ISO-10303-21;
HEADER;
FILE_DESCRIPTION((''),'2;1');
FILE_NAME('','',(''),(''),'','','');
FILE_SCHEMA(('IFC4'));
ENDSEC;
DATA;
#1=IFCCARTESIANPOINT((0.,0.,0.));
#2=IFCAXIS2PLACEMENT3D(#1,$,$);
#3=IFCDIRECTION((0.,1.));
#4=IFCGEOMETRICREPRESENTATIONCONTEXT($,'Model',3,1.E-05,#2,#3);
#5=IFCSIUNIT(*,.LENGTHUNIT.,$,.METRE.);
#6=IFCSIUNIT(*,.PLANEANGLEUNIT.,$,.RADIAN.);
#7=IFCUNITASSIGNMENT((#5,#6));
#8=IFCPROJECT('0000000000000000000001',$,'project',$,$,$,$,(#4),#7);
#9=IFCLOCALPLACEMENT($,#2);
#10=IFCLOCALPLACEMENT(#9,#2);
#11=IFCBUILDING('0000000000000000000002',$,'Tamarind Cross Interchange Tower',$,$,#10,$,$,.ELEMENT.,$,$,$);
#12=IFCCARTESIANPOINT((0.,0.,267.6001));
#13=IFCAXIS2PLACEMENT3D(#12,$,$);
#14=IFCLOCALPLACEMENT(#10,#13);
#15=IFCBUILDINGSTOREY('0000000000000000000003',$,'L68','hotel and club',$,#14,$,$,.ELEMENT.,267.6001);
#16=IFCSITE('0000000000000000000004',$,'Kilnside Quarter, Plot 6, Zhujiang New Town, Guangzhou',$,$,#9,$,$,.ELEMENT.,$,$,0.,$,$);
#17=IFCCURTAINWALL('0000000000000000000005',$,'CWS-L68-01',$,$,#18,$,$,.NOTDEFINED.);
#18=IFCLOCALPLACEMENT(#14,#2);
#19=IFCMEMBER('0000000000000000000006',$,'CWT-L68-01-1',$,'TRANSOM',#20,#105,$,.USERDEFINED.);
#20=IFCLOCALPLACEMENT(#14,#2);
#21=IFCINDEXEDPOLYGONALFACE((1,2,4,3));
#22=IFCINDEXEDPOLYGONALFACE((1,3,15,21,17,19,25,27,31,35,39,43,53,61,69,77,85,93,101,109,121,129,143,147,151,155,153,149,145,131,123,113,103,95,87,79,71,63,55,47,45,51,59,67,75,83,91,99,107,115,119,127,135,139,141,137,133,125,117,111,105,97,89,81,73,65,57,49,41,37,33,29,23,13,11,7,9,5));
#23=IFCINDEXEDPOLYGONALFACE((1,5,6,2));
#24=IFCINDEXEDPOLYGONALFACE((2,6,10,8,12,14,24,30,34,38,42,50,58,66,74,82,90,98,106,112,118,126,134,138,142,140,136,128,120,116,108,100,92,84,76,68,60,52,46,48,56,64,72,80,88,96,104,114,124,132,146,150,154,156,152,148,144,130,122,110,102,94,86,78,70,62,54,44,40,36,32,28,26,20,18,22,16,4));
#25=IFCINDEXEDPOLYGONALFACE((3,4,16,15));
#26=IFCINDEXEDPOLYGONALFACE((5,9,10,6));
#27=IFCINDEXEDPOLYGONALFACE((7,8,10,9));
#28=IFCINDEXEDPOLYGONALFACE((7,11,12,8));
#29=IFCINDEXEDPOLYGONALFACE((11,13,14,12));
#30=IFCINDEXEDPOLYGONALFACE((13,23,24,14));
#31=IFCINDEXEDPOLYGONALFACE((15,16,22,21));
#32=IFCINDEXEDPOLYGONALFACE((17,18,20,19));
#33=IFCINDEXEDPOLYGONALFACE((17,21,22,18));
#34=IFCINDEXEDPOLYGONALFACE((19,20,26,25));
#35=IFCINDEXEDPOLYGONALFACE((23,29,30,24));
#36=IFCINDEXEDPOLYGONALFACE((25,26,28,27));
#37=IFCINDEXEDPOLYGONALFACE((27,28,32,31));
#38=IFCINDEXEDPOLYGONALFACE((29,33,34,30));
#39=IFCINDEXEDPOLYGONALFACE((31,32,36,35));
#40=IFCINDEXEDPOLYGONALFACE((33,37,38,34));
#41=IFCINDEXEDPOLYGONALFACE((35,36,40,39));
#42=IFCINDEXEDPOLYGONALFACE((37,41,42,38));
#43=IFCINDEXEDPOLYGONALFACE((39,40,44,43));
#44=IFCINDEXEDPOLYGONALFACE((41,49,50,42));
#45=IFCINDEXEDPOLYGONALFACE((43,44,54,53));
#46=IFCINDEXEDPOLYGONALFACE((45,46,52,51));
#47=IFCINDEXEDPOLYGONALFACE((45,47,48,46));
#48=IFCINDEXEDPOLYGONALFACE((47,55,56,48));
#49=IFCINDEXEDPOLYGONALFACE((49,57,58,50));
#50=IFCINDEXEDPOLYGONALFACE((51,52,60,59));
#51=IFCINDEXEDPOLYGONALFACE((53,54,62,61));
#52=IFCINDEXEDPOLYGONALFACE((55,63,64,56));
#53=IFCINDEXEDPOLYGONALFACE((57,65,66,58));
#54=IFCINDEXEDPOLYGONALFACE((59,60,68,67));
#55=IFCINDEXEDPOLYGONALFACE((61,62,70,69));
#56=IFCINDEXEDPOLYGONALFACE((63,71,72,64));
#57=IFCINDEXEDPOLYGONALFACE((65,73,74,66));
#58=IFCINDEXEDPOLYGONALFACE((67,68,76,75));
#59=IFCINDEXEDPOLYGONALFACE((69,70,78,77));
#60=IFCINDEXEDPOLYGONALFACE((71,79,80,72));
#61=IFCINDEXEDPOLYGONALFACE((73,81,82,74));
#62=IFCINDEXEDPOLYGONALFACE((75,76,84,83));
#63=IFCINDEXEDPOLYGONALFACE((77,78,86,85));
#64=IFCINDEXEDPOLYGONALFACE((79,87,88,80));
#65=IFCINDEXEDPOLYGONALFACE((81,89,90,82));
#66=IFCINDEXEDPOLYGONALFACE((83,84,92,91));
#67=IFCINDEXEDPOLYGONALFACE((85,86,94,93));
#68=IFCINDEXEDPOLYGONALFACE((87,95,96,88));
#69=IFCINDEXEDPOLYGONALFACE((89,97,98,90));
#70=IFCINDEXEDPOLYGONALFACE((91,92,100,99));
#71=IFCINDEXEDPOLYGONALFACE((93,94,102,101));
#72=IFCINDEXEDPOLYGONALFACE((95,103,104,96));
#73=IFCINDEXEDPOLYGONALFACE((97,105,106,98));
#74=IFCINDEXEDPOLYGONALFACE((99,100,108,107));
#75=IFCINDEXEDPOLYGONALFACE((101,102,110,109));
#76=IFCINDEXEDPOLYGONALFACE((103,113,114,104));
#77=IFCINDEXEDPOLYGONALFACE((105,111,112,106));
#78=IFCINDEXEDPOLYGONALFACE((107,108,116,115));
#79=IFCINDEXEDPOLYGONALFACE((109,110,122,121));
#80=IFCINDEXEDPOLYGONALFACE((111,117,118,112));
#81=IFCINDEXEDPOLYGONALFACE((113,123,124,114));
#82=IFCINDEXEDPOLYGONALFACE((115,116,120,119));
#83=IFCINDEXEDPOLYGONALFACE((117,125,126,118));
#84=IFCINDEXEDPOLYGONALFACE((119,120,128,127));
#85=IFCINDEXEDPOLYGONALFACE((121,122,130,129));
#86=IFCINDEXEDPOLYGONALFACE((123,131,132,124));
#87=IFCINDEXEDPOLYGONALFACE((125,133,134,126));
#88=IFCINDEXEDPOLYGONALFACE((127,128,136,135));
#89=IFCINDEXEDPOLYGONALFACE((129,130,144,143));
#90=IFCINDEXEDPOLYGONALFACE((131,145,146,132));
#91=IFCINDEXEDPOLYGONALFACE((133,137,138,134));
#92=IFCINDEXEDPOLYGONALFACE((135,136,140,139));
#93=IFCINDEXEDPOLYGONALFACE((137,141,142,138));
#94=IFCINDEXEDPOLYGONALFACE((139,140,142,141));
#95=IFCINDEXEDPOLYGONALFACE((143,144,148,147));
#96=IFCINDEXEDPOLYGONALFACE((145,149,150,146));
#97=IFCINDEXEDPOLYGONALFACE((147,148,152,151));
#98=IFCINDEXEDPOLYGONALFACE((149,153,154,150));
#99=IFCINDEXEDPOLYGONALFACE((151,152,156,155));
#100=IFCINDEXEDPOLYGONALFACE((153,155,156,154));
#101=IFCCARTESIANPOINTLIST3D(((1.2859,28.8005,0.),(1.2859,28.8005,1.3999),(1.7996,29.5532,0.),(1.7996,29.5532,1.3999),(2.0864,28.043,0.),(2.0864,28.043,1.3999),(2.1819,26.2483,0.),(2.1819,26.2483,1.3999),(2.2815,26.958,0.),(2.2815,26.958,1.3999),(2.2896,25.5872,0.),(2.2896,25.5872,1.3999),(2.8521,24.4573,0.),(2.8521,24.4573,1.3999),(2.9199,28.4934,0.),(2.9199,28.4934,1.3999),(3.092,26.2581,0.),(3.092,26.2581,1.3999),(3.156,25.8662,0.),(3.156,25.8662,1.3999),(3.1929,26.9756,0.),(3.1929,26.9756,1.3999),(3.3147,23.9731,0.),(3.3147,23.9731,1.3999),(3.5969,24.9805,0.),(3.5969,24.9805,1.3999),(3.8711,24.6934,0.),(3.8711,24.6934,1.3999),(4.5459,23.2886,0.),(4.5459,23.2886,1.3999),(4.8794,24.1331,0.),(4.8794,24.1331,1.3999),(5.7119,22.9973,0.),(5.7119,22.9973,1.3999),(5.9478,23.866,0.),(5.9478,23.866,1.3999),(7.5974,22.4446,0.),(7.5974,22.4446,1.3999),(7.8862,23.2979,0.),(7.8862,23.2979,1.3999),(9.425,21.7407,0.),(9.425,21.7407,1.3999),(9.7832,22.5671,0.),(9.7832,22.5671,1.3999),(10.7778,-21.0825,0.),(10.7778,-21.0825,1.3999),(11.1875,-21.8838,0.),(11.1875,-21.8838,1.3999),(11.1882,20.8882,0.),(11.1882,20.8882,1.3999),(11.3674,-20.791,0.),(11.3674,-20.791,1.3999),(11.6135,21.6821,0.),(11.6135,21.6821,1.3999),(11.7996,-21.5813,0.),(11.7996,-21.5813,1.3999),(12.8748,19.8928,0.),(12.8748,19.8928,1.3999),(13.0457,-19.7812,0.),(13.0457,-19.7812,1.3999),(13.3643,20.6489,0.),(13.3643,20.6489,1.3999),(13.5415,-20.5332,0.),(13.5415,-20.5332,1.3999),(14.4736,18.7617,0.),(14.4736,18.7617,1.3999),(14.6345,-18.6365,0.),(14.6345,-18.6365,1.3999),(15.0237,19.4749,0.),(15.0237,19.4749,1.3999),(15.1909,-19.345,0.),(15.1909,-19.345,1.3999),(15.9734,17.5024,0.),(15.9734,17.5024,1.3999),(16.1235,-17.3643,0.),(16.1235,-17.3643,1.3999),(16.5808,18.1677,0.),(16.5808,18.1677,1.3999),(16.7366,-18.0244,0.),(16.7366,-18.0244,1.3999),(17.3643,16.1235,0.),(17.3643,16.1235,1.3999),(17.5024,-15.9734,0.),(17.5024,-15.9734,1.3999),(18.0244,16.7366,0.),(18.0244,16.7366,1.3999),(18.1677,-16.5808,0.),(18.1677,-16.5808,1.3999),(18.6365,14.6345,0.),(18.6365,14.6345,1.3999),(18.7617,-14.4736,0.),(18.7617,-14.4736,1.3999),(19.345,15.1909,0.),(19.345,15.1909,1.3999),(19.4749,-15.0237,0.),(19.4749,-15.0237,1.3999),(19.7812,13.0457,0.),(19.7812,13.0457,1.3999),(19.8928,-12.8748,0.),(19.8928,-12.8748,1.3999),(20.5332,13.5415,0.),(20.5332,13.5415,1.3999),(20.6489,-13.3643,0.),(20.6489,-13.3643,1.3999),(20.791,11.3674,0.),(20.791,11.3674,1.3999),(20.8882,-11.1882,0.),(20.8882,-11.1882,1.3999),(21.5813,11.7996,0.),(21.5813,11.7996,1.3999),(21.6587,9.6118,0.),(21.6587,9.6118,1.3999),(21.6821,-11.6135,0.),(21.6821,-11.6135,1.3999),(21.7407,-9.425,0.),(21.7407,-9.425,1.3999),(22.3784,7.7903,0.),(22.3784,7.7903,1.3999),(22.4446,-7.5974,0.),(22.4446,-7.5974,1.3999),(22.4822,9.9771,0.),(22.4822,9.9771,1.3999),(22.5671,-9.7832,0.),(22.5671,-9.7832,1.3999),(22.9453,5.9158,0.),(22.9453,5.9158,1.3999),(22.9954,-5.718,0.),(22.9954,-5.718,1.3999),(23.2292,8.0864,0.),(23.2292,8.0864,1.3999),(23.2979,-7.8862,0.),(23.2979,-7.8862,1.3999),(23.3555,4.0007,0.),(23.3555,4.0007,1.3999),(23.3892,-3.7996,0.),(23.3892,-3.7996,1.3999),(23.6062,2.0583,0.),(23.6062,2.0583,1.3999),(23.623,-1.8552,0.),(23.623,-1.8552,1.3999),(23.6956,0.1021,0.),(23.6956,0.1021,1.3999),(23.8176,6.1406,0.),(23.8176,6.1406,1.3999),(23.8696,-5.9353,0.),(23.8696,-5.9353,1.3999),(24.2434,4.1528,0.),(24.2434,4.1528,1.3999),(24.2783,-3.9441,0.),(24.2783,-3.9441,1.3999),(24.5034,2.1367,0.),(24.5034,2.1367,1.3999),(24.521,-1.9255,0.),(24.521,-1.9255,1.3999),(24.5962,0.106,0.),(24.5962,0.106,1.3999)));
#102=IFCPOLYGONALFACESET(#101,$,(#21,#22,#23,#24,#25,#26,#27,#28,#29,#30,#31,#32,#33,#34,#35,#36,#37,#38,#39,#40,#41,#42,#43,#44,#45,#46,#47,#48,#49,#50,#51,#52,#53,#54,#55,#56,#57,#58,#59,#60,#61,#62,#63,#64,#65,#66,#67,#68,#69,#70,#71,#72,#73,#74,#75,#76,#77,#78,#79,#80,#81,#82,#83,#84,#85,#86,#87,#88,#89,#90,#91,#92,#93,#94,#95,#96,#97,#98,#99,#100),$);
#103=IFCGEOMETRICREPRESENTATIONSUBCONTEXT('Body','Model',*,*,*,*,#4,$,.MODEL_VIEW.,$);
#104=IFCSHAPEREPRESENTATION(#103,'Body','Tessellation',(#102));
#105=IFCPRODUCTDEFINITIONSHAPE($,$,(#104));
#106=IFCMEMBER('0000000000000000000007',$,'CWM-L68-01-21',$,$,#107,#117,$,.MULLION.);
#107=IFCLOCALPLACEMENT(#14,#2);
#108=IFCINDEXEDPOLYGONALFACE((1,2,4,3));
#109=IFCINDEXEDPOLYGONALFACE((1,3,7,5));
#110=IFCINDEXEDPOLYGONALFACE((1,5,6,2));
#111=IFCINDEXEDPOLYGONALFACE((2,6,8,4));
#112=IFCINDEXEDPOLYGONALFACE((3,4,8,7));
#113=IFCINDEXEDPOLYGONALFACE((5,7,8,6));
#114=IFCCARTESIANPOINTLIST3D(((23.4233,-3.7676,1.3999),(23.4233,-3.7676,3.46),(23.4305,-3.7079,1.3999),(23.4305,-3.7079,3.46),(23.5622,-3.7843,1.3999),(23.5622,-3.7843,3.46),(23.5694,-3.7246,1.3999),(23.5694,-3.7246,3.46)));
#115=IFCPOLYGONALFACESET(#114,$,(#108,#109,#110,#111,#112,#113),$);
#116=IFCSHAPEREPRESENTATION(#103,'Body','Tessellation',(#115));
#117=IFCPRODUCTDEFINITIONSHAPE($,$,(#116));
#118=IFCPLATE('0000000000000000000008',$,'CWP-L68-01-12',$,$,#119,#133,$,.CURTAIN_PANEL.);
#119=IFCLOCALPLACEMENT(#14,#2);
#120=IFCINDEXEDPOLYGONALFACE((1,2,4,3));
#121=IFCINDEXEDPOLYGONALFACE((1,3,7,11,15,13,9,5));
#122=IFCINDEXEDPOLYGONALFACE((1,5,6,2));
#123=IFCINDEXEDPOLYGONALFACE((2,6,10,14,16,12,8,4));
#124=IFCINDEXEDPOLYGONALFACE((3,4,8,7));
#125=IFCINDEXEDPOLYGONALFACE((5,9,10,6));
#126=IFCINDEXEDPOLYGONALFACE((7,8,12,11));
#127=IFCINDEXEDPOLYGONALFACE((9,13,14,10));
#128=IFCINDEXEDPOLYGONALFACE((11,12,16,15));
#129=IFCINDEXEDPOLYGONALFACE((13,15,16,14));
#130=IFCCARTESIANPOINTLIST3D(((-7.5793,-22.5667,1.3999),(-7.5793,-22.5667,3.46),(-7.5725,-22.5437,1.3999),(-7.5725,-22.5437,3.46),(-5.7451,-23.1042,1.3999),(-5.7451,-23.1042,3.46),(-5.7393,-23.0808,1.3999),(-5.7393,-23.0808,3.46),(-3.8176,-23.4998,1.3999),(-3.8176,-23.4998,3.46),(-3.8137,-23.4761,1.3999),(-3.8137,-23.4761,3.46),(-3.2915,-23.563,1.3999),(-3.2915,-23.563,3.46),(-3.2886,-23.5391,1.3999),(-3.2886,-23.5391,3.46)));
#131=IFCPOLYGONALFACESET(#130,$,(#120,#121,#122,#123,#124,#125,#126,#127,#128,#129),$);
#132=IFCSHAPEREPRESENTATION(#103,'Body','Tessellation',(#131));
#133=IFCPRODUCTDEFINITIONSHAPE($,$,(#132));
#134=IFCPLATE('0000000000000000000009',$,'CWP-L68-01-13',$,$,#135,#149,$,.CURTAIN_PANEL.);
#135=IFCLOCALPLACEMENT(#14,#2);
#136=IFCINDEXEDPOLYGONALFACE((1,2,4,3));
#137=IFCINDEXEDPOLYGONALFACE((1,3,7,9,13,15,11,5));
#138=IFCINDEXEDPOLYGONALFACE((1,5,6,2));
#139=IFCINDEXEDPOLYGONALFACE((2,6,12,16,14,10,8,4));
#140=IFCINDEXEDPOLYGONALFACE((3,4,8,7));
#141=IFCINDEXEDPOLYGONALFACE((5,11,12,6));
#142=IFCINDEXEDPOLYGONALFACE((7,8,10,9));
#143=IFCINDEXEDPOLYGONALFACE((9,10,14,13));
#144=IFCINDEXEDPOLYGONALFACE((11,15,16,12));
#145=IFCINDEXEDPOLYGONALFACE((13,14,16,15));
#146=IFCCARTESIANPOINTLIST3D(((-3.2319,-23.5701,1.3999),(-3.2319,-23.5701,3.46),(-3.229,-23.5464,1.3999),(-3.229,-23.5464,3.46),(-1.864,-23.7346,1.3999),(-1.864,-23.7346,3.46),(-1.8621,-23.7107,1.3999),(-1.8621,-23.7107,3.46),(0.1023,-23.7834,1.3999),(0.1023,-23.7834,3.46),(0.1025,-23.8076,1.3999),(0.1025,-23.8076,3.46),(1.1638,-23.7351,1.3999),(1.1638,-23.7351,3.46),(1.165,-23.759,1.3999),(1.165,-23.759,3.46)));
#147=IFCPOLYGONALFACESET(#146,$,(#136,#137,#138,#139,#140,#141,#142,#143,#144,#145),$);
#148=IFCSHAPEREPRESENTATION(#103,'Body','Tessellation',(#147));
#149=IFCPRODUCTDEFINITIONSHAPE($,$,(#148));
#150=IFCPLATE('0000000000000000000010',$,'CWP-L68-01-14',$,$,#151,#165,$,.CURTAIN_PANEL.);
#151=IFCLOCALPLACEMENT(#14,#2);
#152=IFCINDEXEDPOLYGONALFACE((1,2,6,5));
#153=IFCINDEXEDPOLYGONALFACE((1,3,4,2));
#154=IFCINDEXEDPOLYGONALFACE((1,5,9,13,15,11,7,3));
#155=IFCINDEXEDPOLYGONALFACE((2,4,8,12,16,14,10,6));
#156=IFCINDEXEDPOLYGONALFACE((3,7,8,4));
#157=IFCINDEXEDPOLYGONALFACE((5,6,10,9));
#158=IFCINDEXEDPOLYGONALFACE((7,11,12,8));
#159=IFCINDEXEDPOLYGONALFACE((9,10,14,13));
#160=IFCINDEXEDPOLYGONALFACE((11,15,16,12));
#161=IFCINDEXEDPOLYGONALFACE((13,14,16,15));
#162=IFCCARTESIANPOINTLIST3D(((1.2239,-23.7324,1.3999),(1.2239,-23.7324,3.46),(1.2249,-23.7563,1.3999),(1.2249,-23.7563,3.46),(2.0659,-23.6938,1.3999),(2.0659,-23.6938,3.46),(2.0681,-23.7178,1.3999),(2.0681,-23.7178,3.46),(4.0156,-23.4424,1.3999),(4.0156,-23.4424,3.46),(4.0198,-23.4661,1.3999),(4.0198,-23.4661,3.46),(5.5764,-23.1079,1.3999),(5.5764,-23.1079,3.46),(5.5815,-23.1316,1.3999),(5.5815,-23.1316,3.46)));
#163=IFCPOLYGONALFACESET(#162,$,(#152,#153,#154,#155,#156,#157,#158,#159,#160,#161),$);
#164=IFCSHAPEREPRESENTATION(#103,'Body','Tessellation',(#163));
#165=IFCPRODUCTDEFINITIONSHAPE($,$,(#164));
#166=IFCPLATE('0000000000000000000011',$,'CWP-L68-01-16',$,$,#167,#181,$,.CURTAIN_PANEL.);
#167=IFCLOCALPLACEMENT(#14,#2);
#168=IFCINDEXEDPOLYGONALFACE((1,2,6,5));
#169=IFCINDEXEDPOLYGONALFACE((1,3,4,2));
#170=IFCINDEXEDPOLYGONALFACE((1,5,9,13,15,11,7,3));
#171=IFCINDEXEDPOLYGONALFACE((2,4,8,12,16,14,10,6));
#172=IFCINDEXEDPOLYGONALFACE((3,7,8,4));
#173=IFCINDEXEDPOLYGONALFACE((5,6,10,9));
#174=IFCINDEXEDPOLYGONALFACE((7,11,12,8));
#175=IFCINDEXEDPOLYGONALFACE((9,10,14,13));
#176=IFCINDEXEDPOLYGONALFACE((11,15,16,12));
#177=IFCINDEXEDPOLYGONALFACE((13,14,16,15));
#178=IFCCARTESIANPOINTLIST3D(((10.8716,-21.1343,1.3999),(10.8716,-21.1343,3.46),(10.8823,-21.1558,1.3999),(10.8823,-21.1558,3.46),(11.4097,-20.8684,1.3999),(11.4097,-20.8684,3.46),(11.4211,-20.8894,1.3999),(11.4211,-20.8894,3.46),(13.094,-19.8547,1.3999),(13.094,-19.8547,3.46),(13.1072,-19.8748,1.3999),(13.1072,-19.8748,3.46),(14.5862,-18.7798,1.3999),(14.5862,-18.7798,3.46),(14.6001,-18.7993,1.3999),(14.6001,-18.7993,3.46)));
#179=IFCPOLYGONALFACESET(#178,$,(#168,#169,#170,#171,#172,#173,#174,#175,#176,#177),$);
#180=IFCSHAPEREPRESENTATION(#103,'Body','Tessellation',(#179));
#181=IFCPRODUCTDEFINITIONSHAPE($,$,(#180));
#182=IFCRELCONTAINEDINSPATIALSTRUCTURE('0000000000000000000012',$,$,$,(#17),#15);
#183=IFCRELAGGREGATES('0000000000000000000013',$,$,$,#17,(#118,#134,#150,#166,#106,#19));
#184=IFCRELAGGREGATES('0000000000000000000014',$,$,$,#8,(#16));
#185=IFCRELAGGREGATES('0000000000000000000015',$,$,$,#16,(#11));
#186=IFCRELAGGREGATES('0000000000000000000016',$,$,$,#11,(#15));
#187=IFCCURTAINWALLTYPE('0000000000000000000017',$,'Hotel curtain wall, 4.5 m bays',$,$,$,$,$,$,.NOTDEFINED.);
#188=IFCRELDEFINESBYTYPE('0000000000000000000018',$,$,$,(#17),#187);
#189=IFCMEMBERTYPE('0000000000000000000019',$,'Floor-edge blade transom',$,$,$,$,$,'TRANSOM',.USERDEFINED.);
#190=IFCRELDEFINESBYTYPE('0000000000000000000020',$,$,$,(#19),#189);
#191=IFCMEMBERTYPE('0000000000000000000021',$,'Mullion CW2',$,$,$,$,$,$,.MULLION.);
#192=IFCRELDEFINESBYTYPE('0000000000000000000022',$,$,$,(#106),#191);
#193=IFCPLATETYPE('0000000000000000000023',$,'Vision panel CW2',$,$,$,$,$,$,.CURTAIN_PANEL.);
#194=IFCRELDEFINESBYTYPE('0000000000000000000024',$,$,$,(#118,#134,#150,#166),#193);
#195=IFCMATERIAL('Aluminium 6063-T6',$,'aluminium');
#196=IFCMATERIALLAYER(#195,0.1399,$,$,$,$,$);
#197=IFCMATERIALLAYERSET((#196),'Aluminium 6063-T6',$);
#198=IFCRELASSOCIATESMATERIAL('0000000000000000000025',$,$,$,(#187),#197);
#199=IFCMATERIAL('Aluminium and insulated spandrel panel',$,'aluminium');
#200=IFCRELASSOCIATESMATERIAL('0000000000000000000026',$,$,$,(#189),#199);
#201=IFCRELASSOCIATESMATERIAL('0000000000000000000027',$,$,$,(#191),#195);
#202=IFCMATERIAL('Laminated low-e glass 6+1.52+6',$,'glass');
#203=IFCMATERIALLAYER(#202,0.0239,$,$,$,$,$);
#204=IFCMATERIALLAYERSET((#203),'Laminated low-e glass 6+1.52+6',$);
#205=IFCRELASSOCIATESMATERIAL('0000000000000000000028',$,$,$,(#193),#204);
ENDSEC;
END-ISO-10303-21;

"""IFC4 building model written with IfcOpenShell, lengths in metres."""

from ifc_helpers import new_model, si_unit, direction, frame, origin, origin_2d, place, context, subcontext, project, spatial, polyline, rectangle, outline, extrude, material, layer, layer_set, material_profile, profile_set, type_object, element, aggregate, save


model = new_model("IFC4")

# Units and contexts
model_context = context("Model", 3, precision=1e-05, world=origin(), true_north=direction((0.0, 1.0)))
body_context = subcontext(model_context, "Body", "Model", "MODEL_VIEW")
ifc_project = project(units=[si_unit("LENGTHUNIT", "METRE"), si_unit("PLANEANGLEUNIT", "RADIAN")], contexts=[model_context])

# Site, building, storey
site_placement = place(None, origin())
site = spatial("IfcSite", under=ifc_project, at=site_placement, Name="Kilnside Quarter, Plot 6, Zhujiang New Town, Guangzhou", CompositionType="ELEMENT", RefElevation=0.0)
building_placement = place(site_placement, origin())
building = spatial("IfcBuilding", under=site, at=building_placement, Name="Tamarind Cross Interchange Tower", CompositionType="ELEMENT")
storey_placement = place(building_placement, frame((0.0, 0.0, 267.6001)))
storey = spatial("IfcBuildingStorey", under=building, at=storey_placement, Name="L68", Description="hotel and club", CompositionType="ELEMENT", Elevation=267.6001)

# Curtain wall, members, plates
ifc_material_1 = material(Name="Aluminium 6063-T6", Category="aluminium")
ifc_layer_1 = layer(ifc_material_1, 0.1399)
ifc_layer_set_1 = layer_set([ifc_layer_1], Name="Aluminium 6063-T6")
curtain_wall_type = type_object("IfcCurtainWallType", Name="Hotel curtain wall, 4.5 m bays", PredefinedType="NOTDEFINED", material=ifc_layer_set_1)
curtain_wall_placement = place(storey_placement, origin())
curtain_wall = element("IfcCurtainWall", 1, at=curtain_wall_placement, inside=storey, type_object=curtain_wall_type, Name="CWS-L68-01", PredefinedType="NOTDEFINED")
ifc_material_2 = material(Name="Aluminium and insulated spandrel panel", Category="aluminium")
member_type_1 = type_object("IfcMemberType", Name="Floor-edge blade transom", ElementType="TRANSOM", PredefinedType="USERDEFINED", material=ifc_material_2)
member_1_placement = place(storey_placement, origin())
member_1 = element("IfcMember", 2, at=member_1_placement, type_object=member_type_1, Name="CWT-L68-01-1", ObjectType="TRANSOM", PredefinedType="USERDEFINED", context=body_context, shape_type="SweptSolid", body=[
    extrude(outline(polyline([(10.7778, -21.0825), (11.3674, -20.791), (13.0457, -19.7812), (14.6345, -18.6365), (16.1235, -17.3643), (17.5024, -15.9734), (18.7617, -14.4736), (19.8928, -12.8748), (20.8882, -11.1882), (21.7407, -9.425), (22.4446, -7.5974), (22.9954, -5.718), (23.3892, -3.7996), (23.623, -1.8552), (23.6956, 0.1021), (23.6062, 2.0583), (23.3555, 4.0007), (22.9453, 5.9158), (22.3784, 7.7903), (21.6587, 9.6118), (20.791, 11.3674), (19.7812, 13.0457), (18.6365, 14.6345), (17.3643, 16.1235), (15.9734, 17.5024), (14.4736, 18.7617), (12.8748, 19.8928), (11.1882, 20.8882), (9.425, 21.7407), (7.5974, 22.4446), (5.7119, 22.9973), (4.5459, 23.2886), (3.3147, 23.9731), (2.8521, 24.4573), (2.2896, 25.5872), (2.1819, 26.2483), (2.2815, 26.958), (2.0864, 28.043), (1.2859, 28.8005), (1.7996, 29.5532), (2.9199, 28.4934), (3.1929, 26.9756), (3.092, 26.2581), (3.156, 25.8662), (3.5969, 24.9805), (3.8711, 24.6934), (4.8794, 24.1331), (5.9478, 23.866), (7.8862, 23.2979), (9.7832, 22.5671), (11.6135, 21.6821), (13.3643, 20.6489), (15.0237, 19.4749), (16.5808, 18.1677), (18.0244, 16.7366), (19.345, 15.1909), (20.5332, 13.5415), (21.5813, 11.7996), (22.4822, 9.9771), (23.2292, 8.0864), (23.8176, 6.1406), (24.2434, 4.1528), (24.5034, 2.1367), (24.5962, 0.106), (24.521, -1.9255), (24.2783, -3.9441), (23.8696, -5.9353), (23.2979, -7.8862), (22.5671, -9.7832), (21.6821, -11.6135), (20.6489, -13.3643), (19.4749, -15.0237), (18.1677, -16.5808), (16.7366, -18.0244), (15.1909, -19.345), (13.5415, -20.5332), (11.7996, -21.5813), (11.1875, -21.8838), (10.7778, -21.0825)])), origin(), (0.0, 0.0, 1.0), 1.3999),
])
ifc_material_profile_1 = material_profile(ifc_material_1, rectangle(XDim=0.0601, YDim=0.1399, at=origin_2d()), Name="Mullion CW2")
ifc_profile_set_1 = profile_set([ifc_material_profile_1], Name="Aluminium 6063-T6")
member_type_2 = type_object("IfcMemberType", Name="Mullion CW2", PredefinedType="MULLION", material=ifc_profile_set_1)
member_2_placement = place(storey_placement, frame((23.4963, -3.7461, 1.3999), z_axis=(0.0, 0.0, 1.0), x_axis=(0.119421, 0.992844, 0.0)))
member_2 = element("IfcMember", 3, at=member_2_placement, type_object=member_type_2, Name="CWM-L68-01-21", PredefinedType="MULLION", context=body_context, shape_type="SweptSolid", body=[
    extrude(rectangle(XDim=0.0601, YDim=0.1399, at=origin_2d()), origin(), (0.0, 0.0, 1.0), 2.0601),
])
ifc_material_3 = material(Name="Laminated low-e glass 6+1.52+6", Category="glass")
ifc_layer_2 = layer(ifc_material_3, 0.0239)
ifc_layer_set_2 = layer_set([ifc_layer_2], Name="Laminated low-e glass 6+1.52+6")
plate_type = type_object("IfcPlateType", Name="Vision panel CW2", PredefinedType="CURTAIN_PANEL", material=ifc_layer_set_2)
plate_1_placement = place(storey_placement, frame((0.0, 0.0, 1.3999)))
plate_1 = element("IfcPlate", 4, at=plate_1_placement, type_object=plate_type, Name="CWP-L68-01-12", PredefinedType="CURTAIN_PANEL", context=body_context, shape_type="SweptSolid", body=[
    extrude(outline(polyline([(-7.5725, -22.5437), (-5.7393, -23.0808), (-3.8137, -23.4761), (-3.2886, -23.5391), (-3.2915, -23.563), (-3.8176, -23.4998), (-5.7451, -23.1042), (-7.5793, -22.5667), (-7.5725, -22.5437)])), origin(), (0.0, 0.0, 1.0), 2.0601),
])
plate_2_placement = place(storey_placement, frame((0.0, 0.0, 1.3999)))
plate_2 = element("IfcPlate", 5, at=plate_2_placement, type_object=plate_type, Name="CWP-L68-01-13", PredefinedType="CURTAIN_PANEL", context=body_context, shape_type="SweptSolid", body=[
    extrude(outline(polyline([(-3.229, -23.5464), (-1.8621, -23.7107), (0.1023, -23.7834), (1.1638, -23.7351), (1.165, -23.759), (0.1025, -23.8076), (-1.864, -23.7346), (-3.2319, -23.5701), (-3.229, -23.5464)])), origin(), (0.0, 0.0, 1.0), 2.0601),
])
plate_3_placement = place(storey_placement, frame((0.0, 0.0, 1.3999)))
plate_3 = element("IfcPlate", 6, at=plate_3_placement, type_object=plate_type, Name="CWP-L68-01-14", PredefinedType="CURTAIN_PANEL", context=body_context, shape_type="SweptSolid", body=[
    extrude(outline(polyline([(1.2239, -23.7324), (2.0659, -23.6938), (4.0156, -23.4424), (5.5764, -23.1079), (5.5815, -23.1316), (4.0198, -23.4661), (2.0681, -23.7178), (1.2249, -23.7563), (1.2239, -23.7324)])), origin(), (0.0, 0.0, 1.0), 2.0601),
])
plate_4_placement = place(storey_placement, frame((0.0, 0.0, 1.3999)))
plate_4 = element("IfcPlate", 7, at=plate_4_placement, type_object=plate_type, Name="CWP-L68-01-16", PredefinedType="CURTAIN_PANEL", context=body_context, shape_type="SweptSolid", body=[
    extrude(outline(polyline([(10.8716, -21.1343), (11.4097, -20.8684), (13.094, -19.8547), (14.5862, -18.7798), (14.6001, -18.7993), (13.1072, -19.8748), (11.4211, -20.8894), (10.8823, -21.1558), (10.8716, -21.1343)])), origin(), (0.0, 0.0, 1.0), 2.0601),
])
aggregate(curtain_wall, [plate_1, plate_2, plate_3, plate_4, member_2, member_1])

save(model, "model.ifc")
